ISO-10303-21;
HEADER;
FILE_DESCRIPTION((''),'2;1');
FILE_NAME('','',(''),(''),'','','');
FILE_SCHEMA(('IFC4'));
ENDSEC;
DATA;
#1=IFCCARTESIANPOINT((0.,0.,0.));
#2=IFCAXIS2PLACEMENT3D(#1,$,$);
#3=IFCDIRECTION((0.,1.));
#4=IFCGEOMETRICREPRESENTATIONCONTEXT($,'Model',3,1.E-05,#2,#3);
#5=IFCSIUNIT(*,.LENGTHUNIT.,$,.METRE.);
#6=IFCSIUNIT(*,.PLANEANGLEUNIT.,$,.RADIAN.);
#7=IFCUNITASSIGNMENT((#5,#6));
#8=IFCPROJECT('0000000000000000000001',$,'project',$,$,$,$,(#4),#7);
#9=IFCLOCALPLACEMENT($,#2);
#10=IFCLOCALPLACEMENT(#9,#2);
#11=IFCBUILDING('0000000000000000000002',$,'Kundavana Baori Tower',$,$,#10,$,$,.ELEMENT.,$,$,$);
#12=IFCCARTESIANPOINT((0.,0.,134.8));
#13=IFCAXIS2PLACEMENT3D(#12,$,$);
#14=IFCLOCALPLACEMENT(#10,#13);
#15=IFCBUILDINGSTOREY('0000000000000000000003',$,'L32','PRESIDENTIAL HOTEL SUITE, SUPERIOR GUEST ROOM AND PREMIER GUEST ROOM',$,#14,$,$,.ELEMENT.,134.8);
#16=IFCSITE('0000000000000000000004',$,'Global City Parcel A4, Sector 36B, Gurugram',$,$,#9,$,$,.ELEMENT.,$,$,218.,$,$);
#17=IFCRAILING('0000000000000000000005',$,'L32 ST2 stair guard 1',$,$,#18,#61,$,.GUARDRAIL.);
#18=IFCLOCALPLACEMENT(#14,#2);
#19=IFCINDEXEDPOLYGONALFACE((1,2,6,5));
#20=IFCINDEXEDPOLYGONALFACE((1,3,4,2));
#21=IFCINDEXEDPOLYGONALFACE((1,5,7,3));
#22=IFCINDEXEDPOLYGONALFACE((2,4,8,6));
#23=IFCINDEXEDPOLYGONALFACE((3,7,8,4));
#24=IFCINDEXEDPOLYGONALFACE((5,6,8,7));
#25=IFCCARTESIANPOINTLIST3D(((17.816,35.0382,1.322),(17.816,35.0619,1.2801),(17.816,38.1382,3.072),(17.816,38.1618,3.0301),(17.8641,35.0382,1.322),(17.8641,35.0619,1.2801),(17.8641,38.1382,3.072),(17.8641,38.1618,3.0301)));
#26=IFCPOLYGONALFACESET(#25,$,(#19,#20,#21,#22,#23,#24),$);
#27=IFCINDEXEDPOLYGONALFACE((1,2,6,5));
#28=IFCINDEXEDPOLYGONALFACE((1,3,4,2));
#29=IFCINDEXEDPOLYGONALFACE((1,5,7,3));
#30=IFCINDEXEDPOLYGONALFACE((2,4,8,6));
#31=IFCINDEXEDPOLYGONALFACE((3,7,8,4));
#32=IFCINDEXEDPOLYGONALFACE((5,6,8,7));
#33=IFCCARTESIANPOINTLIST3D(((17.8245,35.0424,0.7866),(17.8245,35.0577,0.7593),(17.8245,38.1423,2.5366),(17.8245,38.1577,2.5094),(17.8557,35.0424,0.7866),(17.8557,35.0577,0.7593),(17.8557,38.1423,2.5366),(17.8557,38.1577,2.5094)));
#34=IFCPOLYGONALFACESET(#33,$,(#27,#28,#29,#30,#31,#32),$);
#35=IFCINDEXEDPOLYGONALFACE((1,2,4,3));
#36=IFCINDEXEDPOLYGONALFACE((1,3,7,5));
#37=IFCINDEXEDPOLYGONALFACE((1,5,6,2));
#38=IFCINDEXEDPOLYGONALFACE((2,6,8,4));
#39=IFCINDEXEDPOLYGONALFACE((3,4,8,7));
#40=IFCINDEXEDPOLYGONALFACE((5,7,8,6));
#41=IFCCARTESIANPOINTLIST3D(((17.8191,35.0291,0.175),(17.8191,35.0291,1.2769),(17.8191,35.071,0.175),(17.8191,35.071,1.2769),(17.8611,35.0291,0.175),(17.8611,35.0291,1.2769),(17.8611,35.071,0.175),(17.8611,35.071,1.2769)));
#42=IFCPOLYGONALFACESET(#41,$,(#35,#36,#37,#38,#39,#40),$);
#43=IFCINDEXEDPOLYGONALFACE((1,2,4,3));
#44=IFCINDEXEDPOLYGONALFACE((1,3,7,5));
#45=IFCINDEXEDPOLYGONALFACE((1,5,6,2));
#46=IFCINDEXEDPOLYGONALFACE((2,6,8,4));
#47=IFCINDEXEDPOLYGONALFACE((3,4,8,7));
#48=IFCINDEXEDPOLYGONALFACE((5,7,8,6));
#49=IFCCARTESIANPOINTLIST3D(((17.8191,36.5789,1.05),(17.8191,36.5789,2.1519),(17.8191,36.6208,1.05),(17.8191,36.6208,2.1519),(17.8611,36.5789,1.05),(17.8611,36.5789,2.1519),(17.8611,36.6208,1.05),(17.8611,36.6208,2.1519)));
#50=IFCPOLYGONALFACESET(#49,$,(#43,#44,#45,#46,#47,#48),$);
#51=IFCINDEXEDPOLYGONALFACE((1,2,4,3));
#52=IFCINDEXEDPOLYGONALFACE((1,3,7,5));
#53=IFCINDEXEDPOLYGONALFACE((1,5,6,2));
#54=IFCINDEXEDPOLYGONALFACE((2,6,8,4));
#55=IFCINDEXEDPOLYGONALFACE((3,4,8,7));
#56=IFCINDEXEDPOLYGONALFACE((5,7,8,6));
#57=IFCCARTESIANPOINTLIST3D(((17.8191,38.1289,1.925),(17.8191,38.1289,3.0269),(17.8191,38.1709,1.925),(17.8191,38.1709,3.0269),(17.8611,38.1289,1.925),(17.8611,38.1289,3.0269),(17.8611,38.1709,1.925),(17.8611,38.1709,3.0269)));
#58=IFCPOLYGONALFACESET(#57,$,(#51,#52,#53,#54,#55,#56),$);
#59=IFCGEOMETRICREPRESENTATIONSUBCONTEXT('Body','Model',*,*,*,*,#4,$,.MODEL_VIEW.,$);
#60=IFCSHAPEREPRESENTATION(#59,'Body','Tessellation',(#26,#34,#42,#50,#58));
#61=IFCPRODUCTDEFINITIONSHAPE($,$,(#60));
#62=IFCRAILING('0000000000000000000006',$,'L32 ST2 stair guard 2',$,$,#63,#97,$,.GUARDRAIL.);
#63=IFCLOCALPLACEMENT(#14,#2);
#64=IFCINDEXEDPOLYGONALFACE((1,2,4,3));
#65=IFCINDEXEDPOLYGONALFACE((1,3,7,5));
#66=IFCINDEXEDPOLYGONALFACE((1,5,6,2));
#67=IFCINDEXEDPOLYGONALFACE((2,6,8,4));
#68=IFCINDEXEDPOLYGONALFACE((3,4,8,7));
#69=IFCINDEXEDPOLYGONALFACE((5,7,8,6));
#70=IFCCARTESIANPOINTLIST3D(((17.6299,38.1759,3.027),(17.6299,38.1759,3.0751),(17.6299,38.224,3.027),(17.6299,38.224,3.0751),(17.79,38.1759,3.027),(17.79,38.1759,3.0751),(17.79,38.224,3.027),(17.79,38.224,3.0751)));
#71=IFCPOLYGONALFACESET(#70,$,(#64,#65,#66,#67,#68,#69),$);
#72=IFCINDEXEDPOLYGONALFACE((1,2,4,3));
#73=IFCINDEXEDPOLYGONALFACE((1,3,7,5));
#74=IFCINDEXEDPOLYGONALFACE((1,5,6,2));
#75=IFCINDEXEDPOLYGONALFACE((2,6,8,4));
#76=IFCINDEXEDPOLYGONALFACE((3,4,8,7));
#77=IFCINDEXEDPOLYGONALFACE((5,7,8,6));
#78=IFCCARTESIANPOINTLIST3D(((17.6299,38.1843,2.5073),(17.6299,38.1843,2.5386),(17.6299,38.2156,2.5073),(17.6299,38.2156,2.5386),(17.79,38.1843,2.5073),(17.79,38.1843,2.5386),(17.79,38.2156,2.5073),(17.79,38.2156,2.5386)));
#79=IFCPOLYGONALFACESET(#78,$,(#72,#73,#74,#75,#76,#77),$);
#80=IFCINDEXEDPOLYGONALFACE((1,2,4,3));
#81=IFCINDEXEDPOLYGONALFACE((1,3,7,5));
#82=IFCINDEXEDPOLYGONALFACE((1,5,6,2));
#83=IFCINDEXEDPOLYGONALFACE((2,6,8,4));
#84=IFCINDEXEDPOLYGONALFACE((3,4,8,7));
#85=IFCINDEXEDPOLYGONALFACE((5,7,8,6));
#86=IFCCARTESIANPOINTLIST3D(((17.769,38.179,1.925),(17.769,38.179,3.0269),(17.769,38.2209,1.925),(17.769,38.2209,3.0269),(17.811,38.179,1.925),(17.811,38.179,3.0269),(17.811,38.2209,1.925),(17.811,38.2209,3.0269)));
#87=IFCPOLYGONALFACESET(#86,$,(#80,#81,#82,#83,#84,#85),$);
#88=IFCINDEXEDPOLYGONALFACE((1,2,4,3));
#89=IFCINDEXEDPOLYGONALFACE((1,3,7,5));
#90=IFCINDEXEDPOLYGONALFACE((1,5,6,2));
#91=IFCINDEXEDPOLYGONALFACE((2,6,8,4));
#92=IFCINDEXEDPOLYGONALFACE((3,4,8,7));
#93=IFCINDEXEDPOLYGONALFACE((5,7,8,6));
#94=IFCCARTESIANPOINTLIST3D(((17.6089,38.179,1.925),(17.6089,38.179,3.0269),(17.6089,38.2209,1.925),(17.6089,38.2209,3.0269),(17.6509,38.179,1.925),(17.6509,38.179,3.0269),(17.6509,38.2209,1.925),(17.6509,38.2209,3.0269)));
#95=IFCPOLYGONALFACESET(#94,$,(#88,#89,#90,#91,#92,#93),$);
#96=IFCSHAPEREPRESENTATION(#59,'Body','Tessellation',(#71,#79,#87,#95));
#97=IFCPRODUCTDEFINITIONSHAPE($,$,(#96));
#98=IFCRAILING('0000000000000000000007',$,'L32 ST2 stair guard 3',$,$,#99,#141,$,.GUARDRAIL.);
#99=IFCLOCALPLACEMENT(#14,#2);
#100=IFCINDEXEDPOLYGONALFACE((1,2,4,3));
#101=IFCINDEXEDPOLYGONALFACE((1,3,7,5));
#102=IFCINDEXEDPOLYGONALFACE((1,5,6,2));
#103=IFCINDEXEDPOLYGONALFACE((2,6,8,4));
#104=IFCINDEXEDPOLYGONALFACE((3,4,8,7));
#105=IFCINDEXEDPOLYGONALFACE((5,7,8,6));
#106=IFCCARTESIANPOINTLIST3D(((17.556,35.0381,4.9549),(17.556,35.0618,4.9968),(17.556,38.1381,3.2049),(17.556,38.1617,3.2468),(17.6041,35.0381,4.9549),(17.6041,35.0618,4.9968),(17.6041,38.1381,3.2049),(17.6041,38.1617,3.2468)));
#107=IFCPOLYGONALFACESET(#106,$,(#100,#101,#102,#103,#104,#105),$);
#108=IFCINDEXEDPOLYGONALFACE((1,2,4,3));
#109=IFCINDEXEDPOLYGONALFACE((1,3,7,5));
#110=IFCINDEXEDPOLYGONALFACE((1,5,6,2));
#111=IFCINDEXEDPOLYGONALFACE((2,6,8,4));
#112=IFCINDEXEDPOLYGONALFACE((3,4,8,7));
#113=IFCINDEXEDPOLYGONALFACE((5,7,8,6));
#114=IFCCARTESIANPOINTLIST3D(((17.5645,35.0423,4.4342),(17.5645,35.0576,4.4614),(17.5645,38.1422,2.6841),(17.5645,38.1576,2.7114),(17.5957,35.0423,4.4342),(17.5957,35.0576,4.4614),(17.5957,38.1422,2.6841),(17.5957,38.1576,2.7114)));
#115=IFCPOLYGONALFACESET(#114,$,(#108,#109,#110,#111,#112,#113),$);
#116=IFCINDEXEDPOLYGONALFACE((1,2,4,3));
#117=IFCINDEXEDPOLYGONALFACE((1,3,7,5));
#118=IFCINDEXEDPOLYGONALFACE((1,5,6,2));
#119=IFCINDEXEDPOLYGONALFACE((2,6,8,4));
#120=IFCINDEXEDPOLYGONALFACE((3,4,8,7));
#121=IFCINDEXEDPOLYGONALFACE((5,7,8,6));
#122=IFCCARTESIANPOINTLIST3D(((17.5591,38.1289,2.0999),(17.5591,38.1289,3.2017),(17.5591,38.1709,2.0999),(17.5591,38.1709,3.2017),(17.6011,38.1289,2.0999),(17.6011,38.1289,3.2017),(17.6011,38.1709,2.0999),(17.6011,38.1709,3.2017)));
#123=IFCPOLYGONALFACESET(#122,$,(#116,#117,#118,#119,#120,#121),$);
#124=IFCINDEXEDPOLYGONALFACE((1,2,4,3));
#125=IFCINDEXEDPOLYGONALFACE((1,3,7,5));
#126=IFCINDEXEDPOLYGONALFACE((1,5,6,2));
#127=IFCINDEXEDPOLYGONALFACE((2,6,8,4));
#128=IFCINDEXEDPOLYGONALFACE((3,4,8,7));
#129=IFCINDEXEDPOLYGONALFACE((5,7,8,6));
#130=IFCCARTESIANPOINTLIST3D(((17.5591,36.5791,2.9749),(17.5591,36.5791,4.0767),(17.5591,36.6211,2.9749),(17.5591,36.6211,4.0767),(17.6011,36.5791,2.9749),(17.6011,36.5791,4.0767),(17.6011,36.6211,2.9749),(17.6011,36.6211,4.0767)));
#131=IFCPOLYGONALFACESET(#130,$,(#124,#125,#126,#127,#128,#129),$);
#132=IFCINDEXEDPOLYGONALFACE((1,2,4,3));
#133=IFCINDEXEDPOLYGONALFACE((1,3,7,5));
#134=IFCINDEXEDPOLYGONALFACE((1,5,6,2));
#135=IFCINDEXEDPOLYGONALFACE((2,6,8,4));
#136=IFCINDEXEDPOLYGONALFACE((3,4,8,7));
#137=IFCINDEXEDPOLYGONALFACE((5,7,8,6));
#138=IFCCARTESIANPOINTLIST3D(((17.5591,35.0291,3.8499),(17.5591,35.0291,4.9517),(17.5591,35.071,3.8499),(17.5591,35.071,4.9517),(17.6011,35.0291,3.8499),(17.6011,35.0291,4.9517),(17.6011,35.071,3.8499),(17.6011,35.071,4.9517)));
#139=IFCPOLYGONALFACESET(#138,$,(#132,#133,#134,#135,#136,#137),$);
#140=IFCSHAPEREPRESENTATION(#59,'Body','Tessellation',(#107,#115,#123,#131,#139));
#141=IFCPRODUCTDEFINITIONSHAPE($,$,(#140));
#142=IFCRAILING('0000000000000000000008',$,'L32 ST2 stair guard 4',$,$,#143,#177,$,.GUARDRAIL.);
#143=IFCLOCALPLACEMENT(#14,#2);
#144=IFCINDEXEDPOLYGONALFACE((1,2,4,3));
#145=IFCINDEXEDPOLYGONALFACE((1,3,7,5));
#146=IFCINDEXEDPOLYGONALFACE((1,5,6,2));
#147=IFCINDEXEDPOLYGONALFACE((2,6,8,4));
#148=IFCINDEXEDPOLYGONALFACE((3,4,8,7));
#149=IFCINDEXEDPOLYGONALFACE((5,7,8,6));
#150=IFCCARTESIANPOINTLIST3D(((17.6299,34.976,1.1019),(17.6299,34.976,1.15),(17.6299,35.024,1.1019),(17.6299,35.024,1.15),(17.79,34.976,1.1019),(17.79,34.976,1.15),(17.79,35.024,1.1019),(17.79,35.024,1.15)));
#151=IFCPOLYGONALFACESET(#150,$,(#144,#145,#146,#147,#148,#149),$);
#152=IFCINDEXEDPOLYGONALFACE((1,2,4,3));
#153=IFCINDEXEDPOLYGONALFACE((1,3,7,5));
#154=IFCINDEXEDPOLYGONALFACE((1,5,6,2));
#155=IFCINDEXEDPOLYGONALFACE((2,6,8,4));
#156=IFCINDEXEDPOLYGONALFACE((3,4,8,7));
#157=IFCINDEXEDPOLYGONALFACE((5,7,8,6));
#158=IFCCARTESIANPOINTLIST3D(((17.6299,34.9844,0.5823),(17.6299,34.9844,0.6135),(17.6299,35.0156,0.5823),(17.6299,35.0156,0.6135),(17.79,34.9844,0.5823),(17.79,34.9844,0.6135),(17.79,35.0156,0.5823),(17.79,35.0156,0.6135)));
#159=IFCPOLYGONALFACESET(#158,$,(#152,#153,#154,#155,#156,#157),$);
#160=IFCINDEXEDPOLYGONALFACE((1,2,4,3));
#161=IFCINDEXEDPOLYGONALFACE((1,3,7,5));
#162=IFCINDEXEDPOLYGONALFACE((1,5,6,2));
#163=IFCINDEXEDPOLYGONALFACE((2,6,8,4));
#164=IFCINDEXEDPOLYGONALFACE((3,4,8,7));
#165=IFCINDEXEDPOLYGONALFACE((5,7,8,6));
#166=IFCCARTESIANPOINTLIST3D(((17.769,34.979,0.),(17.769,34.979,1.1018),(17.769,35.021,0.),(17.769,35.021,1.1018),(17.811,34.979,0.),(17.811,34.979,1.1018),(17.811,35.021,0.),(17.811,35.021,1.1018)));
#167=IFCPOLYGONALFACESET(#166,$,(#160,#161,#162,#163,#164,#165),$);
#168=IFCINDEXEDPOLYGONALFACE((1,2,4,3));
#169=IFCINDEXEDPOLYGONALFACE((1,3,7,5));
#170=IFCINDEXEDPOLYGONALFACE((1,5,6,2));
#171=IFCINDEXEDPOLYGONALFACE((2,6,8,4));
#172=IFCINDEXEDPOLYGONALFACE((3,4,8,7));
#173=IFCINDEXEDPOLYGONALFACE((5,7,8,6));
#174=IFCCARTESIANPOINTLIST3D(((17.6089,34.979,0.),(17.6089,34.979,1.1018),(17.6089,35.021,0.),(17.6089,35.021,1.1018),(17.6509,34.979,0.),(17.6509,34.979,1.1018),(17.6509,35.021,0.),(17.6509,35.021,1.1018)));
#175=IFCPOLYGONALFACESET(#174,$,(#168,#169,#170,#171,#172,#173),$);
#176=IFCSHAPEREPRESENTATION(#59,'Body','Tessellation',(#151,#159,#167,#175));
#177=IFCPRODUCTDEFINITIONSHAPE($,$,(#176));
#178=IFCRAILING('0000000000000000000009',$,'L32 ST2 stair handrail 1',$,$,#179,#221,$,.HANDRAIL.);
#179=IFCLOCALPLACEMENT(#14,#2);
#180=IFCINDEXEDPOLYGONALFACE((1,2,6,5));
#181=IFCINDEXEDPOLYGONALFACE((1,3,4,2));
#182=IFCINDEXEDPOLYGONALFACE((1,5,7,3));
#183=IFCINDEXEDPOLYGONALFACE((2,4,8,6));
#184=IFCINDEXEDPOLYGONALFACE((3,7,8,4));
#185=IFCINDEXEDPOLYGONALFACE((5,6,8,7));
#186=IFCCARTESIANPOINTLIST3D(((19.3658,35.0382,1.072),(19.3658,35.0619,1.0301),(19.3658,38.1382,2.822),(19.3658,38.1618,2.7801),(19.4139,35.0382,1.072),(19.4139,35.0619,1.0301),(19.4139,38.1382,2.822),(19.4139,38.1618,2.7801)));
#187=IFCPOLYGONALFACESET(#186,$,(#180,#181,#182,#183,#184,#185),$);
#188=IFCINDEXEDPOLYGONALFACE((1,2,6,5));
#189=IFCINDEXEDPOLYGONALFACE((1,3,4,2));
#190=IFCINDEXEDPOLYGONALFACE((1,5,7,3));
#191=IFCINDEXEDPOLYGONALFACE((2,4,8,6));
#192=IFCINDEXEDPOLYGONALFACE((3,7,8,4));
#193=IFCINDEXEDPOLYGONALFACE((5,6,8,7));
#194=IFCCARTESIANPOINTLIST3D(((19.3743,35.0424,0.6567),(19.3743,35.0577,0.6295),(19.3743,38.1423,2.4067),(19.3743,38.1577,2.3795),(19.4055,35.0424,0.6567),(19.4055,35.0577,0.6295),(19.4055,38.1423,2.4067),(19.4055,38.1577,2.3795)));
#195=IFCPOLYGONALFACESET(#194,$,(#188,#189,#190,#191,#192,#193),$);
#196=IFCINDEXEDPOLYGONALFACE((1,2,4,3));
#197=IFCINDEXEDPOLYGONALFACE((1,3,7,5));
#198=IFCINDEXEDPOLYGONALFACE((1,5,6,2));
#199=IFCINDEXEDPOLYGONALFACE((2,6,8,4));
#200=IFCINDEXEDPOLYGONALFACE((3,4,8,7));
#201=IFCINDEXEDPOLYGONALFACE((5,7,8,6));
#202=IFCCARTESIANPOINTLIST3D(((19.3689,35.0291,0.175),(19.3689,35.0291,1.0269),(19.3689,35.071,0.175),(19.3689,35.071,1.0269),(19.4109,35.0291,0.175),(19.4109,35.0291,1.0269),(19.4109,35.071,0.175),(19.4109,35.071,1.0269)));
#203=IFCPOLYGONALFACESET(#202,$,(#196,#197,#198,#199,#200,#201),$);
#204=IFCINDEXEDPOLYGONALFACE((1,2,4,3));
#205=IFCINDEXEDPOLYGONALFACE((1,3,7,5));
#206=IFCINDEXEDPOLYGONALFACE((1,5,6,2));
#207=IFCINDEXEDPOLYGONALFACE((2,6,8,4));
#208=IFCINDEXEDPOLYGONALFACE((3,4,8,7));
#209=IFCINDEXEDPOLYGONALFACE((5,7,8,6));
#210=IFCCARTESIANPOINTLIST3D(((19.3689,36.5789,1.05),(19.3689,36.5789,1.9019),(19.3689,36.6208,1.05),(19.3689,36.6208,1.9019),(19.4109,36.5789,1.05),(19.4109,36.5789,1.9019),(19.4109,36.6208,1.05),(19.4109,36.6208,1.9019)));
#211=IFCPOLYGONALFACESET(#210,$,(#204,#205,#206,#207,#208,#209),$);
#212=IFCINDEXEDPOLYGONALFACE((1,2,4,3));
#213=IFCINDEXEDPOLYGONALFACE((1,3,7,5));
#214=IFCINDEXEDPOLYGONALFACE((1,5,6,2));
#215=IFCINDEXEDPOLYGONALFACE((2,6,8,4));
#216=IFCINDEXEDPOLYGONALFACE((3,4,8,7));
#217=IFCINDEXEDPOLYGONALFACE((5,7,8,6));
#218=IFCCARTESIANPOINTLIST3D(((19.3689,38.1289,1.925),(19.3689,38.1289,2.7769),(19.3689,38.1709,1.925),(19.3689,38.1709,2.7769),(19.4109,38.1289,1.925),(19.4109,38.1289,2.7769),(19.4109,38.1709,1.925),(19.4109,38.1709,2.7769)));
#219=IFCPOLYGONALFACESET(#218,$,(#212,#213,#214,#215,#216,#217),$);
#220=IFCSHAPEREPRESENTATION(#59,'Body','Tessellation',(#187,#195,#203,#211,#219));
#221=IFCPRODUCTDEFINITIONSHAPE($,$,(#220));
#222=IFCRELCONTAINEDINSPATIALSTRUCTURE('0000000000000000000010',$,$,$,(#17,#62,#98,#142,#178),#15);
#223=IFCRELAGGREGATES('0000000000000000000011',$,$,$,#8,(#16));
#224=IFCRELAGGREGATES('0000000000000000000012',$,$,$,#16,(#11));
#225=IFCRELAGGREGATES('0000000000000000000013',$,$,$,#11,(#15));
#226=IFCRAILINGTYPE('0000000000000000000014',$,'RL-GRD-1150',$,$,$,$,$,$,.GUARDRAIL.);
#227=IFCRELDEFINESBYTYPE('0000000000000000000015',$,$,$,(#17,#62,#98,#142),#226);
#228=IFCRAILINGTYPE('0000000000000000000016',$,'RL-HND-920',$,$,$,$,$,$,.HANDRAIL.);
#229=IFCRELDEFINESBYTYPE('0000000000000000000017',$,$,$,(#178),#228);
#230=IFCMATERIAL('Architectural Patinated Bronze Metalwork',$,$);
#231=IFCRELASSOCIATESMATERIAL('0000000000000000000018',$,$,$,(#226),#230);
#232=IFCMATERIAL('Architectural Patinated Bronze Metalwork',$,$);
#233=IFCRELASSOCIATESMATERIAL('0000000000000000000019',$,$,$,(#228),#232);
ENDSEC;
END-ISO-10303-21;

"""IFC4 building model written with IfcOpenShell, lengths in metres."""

from ifc_helpers import new_model, si_unit, direction, frame, origin, origin_2d, place, context, subcontext, project, spatial, rectangle, extrude, material, type_object, element, save


model = new_model("IFC4")

# Units and contexts
model_context = context("Model", 3, precision=1e-05, world=origin(), true_north=direction((0.0, 1.0)))
body_context = subcontext(model_context, "Body", "Model", "MODEL_VIEW")
ifc_project = project(units=[si_unit("LENGTHUNIT", "METRE"), si_unit("PLANEANGLEUNIT", "RADIAN")], contexts=[model_context])

# Site, building, storey
site_placement = place(None, origin())
site = spatial("IfcSite", under=ifc_project, at=site_placement, Name="Global City Parcel A4, Sector 36B, Gurugram", CompositionType="ELEMENT", RefElevation=218.0)
building_placement = place(site_placement, origin())
building = spatial("IfcBuilding", under=site, at=building_placement, Name="Kundavana Baori Tower", CompositionType="ELEMENT")
storey_placement = place(building_placement, frame((0.0, 0.0, 134.8)))
storey = spatial("IfcBuildingStorey", under=building, at=storey_placement, Name="L32", Description="PRESIDENTIAL HOTEL SUITE, SUPERIOR GUEST ROOM AND PREMIER GUEST ROOM", CompositionType="ELEMENT", Elevation=134.8)

# Railings
ifc_material_1 = material(Name="Architectural Patinated Bronze Metalwork")
railing_type_1 = type_object("IfcRailingType", Name="RL-GRD-1150", PredefinedType="GUARDRAIL", material=ifc_material_1)
railing_1_placement = place(storey_placement, frame((17.8401, 35.05, 0.175)))
element("IfcRailing", 1, at=railing_1_placement, inside=storey, type_object=railing_type_1, Name="L32 ST2 stair guard 1", PredefinedType="GUARDRAIL", context=body_context, shape_type="SweptSolid", body=[
    extrude(rectangle(XDim=0.0481, YDim=0.0481, at=origin_2d()), frame((0.0, 0.0, 1.126), z_axis=(0.0, 0.870814, 0.491612), x_axis=(-1.0, 0.0, 0.0)), (0.0, 0.0, 1.0), 3.5598),
    extrude(rectangle(XDim=0.0312, YDim=0.0312, at=origin_2d()), frame((0.0, 0.0, 0.5979), z_axis=(0.0, 0.870814, 0.491612), x_axis=(-1.0, 0.0, 0.0)), (0.0, 0.0, 1.0), 3.5598),
    extrude(rectangle(XDim=0.042, YDim=0.042, at=origin_2d()), origin(), (0.0, 0.0, 1.0), 1.1018),
    extrude(rectangle(XDim=0.042, YDim=0.042, at=origin_2d()), frame((0.0, 1.5498, 0.875)), (0.0, 0.0, 1.0), 1.1018),
    extrude(rectangle(XDim=0.042, YDim=0.042, at=origin_2d()), frame((0.0, 3.0999, 1.75)), (0.0, 0.0, 1.0), 1.1018),
])
railing_2_placement = place(storey_placement, frame((17.79, 38.2, 1.925)))
element("IfcRailing", 2, at=railing_2_placement, inside=storey, type_object=railing_type_1, Name="L32 ST2 stair guard 2", PredefinedType="GUARDRAIL", context=body_context, shape_type="SweptSolid", body=[
    extrude(rectangle(XDim=0.0481, YDim=0.0481, at=origin_2d()), frame((0.0, 0.0, 1.126), z_axis=(-1.0, 0.0, 0.0), x_axis=(0.0, -1.0, 0.0)), (0.0, 0.0, 1.0), 0.1602),
    extrude(rectangle(XDim=0.0312, YDim=0.0312, at=origin_2d()), frame((0.0, 0.0, 0.5979), z_axis=(-1.0, 0.0, 0.0), x_axis=(0.0, -1.0, 0.0)), (0.0, 0.0, 1.0), 0.1602),
    extrude(rectangle(XDim=0.042, YDim=0.042, at=origin_2d()), origin(), (0.0, 0.0, 1.0), 1.1018),
    extrude(rectangle(XDim=0.042, YDim=0.042, at=origin_2d()), frame((-0.1602, 0.0, 0.0)), (0.0, 0.0, 1.0), 1.1018),
])
railing_3_placement = place(storey_placement, frame((17.5801, 38.1499, 2.0999)))
element("IfcRailing", 3, at=railing_3_placement, inside=storey, type_object=railing_type_1, Name="L32 ST2 stair guard 3", PredefinedType="GUARDRAIL", context=body_context, shape_type="SweptSolid", body=[
    extrude(rectangle(XDim=0.0481, YDim=0.0481, at=origin_2d()), frame((0.0, 0.0, 1.126), z_axis=(0.0, -0.870814, 0.491612), x_axis=(1.0, 0.0, 0.0)), (0.0, 0.0, 1.0), 3.5598),
    extrude(rectangle(XDim=0.0312, YDim=0.0312, at=origin_2d()), frame((0.0, 0.0, 0.5979), z_axis=(0.0, -0.870814, 0.491612), x_axis=(1.0, 0.0, 0.0)), (0.0, 0.0, 1.0), 3.5598),
    extrude(rectangle(XDim=0.042, YDim=0.042, at=origin_2d()), origin(), (0.0, 0.0, 1.0), 1.1018),
    extrude(rectangle(XDim=0.042, YDim=0.042, at=origin_2d()), frame((0.0, -1.5498, 0.875)), (0.0, 0.0, 1.0), 1.1018),
    extrude(rectangle(XDim=0.042, YDim=0.042, at=origin_2d()), frame((0.0, -3.0999, 1.75)), (0.0, 0.0, 1.0), 1.1018),
])
railing_4_placement = place(storey_placement, frame((17.79, 35.0, 0.0)))
element("IfcRailing", 4, at=railing_4_placement, inside=storey, type_object=railing_type_1, Name="L32 ST2 stair guard 4", PredefinedType="GUARDRAIL", context=body_context, shape_type="SweptSolid", body=[
    extrude(rectangle(XDim=0.0481, YDim=0.0481, at=origin_2d()), frame((0.0, 0.0, 1.126), z_axis=(-1.0, 0.0, 0.0), x_axis=(0.0, -1.0, 0.0)), (0.0, 0.0, 1.0), 0.1602),
    extrude(rectangle(XDim=0.0312, YDim=0.0312, at=origin_2d()), frame((0.0, 0.0, 0.5979), z_axis=(-1.0, 0.0, 0.0), x_axis=(0.0, -1.0, 0.0)), (0.0, 0.0, 1.0), 0.1602),
    extrude(rectangle(XDim=0.042, YDim=0.042, at=origin_2d()), origin(), (0.0, 0.0, 1.0), 1.1018),
    extrude(rectangle(XDim=0.042, YDim=0.042, at=origin_2d()), frame((-0.1602, 0.0, 0.0)), (0.0, 0.0, 1.0), 1.1018),
])
ifc_material_2 = material(Name="Architectural Patinated Bronze Metalwork")
railing_type_2 = type_object("IfcRailingType", Name="RL-HND-920", PredefinedType="HANDRAIL", material=ifc_material_2)
railing_5_placement = place(storey_placement, frame((19.3899, 35.05, 0.175)))
element("IfcRailing", 5, at=railing_5_placement, inside=storey, type_object=railing_type_2, Name="L32 ST2 stair handrail 1", PredefinedType="HANDRAIL", context=body_context, shape_type="SweptSolid", body=[
    extrude(rectangle(XDim=0.0481, YDim=0.0481, at=origin_2d()), frame((0.0, 0.0, 0.876), z_axis=(0.0, 0.870814, 0.491612), x_axis=(-1.0, 0.0, 0.0)), (0.0, 0.0, 1.0), 3.5598),
    extrude(rectangle(XDim=0.0312, YDim=0.0312, at=origin_2d()), frame((0.0, 0.0, 0.468), z_axis=(0.0, 0.870814, 0.491612), x_axis=(-1.0, 0.0, 0.0)), (0.0, 0.0, 1.0), 3.5598),
    extrude(rectangle(XDim=0.042, YDim=0.042, at=origin_2d()), origin(), (0.0, 0.0, 1.0), 0.8518),
    extrude(rectangle(XDim=0.042, YDim=0.042, at=origin_2d()), frame((0.0, 1.5498, 0.875)), (0.0, 0.0, 1.0), 0.8518),
    extrude(rectangle(XDim=0.042, YDim=0.042, at=origin_2d()), frame((0.0, 3.0999, 1.75)), (0.0, 0.0, 1.0), 0.8518),
])

save(model, "model.ifc")
